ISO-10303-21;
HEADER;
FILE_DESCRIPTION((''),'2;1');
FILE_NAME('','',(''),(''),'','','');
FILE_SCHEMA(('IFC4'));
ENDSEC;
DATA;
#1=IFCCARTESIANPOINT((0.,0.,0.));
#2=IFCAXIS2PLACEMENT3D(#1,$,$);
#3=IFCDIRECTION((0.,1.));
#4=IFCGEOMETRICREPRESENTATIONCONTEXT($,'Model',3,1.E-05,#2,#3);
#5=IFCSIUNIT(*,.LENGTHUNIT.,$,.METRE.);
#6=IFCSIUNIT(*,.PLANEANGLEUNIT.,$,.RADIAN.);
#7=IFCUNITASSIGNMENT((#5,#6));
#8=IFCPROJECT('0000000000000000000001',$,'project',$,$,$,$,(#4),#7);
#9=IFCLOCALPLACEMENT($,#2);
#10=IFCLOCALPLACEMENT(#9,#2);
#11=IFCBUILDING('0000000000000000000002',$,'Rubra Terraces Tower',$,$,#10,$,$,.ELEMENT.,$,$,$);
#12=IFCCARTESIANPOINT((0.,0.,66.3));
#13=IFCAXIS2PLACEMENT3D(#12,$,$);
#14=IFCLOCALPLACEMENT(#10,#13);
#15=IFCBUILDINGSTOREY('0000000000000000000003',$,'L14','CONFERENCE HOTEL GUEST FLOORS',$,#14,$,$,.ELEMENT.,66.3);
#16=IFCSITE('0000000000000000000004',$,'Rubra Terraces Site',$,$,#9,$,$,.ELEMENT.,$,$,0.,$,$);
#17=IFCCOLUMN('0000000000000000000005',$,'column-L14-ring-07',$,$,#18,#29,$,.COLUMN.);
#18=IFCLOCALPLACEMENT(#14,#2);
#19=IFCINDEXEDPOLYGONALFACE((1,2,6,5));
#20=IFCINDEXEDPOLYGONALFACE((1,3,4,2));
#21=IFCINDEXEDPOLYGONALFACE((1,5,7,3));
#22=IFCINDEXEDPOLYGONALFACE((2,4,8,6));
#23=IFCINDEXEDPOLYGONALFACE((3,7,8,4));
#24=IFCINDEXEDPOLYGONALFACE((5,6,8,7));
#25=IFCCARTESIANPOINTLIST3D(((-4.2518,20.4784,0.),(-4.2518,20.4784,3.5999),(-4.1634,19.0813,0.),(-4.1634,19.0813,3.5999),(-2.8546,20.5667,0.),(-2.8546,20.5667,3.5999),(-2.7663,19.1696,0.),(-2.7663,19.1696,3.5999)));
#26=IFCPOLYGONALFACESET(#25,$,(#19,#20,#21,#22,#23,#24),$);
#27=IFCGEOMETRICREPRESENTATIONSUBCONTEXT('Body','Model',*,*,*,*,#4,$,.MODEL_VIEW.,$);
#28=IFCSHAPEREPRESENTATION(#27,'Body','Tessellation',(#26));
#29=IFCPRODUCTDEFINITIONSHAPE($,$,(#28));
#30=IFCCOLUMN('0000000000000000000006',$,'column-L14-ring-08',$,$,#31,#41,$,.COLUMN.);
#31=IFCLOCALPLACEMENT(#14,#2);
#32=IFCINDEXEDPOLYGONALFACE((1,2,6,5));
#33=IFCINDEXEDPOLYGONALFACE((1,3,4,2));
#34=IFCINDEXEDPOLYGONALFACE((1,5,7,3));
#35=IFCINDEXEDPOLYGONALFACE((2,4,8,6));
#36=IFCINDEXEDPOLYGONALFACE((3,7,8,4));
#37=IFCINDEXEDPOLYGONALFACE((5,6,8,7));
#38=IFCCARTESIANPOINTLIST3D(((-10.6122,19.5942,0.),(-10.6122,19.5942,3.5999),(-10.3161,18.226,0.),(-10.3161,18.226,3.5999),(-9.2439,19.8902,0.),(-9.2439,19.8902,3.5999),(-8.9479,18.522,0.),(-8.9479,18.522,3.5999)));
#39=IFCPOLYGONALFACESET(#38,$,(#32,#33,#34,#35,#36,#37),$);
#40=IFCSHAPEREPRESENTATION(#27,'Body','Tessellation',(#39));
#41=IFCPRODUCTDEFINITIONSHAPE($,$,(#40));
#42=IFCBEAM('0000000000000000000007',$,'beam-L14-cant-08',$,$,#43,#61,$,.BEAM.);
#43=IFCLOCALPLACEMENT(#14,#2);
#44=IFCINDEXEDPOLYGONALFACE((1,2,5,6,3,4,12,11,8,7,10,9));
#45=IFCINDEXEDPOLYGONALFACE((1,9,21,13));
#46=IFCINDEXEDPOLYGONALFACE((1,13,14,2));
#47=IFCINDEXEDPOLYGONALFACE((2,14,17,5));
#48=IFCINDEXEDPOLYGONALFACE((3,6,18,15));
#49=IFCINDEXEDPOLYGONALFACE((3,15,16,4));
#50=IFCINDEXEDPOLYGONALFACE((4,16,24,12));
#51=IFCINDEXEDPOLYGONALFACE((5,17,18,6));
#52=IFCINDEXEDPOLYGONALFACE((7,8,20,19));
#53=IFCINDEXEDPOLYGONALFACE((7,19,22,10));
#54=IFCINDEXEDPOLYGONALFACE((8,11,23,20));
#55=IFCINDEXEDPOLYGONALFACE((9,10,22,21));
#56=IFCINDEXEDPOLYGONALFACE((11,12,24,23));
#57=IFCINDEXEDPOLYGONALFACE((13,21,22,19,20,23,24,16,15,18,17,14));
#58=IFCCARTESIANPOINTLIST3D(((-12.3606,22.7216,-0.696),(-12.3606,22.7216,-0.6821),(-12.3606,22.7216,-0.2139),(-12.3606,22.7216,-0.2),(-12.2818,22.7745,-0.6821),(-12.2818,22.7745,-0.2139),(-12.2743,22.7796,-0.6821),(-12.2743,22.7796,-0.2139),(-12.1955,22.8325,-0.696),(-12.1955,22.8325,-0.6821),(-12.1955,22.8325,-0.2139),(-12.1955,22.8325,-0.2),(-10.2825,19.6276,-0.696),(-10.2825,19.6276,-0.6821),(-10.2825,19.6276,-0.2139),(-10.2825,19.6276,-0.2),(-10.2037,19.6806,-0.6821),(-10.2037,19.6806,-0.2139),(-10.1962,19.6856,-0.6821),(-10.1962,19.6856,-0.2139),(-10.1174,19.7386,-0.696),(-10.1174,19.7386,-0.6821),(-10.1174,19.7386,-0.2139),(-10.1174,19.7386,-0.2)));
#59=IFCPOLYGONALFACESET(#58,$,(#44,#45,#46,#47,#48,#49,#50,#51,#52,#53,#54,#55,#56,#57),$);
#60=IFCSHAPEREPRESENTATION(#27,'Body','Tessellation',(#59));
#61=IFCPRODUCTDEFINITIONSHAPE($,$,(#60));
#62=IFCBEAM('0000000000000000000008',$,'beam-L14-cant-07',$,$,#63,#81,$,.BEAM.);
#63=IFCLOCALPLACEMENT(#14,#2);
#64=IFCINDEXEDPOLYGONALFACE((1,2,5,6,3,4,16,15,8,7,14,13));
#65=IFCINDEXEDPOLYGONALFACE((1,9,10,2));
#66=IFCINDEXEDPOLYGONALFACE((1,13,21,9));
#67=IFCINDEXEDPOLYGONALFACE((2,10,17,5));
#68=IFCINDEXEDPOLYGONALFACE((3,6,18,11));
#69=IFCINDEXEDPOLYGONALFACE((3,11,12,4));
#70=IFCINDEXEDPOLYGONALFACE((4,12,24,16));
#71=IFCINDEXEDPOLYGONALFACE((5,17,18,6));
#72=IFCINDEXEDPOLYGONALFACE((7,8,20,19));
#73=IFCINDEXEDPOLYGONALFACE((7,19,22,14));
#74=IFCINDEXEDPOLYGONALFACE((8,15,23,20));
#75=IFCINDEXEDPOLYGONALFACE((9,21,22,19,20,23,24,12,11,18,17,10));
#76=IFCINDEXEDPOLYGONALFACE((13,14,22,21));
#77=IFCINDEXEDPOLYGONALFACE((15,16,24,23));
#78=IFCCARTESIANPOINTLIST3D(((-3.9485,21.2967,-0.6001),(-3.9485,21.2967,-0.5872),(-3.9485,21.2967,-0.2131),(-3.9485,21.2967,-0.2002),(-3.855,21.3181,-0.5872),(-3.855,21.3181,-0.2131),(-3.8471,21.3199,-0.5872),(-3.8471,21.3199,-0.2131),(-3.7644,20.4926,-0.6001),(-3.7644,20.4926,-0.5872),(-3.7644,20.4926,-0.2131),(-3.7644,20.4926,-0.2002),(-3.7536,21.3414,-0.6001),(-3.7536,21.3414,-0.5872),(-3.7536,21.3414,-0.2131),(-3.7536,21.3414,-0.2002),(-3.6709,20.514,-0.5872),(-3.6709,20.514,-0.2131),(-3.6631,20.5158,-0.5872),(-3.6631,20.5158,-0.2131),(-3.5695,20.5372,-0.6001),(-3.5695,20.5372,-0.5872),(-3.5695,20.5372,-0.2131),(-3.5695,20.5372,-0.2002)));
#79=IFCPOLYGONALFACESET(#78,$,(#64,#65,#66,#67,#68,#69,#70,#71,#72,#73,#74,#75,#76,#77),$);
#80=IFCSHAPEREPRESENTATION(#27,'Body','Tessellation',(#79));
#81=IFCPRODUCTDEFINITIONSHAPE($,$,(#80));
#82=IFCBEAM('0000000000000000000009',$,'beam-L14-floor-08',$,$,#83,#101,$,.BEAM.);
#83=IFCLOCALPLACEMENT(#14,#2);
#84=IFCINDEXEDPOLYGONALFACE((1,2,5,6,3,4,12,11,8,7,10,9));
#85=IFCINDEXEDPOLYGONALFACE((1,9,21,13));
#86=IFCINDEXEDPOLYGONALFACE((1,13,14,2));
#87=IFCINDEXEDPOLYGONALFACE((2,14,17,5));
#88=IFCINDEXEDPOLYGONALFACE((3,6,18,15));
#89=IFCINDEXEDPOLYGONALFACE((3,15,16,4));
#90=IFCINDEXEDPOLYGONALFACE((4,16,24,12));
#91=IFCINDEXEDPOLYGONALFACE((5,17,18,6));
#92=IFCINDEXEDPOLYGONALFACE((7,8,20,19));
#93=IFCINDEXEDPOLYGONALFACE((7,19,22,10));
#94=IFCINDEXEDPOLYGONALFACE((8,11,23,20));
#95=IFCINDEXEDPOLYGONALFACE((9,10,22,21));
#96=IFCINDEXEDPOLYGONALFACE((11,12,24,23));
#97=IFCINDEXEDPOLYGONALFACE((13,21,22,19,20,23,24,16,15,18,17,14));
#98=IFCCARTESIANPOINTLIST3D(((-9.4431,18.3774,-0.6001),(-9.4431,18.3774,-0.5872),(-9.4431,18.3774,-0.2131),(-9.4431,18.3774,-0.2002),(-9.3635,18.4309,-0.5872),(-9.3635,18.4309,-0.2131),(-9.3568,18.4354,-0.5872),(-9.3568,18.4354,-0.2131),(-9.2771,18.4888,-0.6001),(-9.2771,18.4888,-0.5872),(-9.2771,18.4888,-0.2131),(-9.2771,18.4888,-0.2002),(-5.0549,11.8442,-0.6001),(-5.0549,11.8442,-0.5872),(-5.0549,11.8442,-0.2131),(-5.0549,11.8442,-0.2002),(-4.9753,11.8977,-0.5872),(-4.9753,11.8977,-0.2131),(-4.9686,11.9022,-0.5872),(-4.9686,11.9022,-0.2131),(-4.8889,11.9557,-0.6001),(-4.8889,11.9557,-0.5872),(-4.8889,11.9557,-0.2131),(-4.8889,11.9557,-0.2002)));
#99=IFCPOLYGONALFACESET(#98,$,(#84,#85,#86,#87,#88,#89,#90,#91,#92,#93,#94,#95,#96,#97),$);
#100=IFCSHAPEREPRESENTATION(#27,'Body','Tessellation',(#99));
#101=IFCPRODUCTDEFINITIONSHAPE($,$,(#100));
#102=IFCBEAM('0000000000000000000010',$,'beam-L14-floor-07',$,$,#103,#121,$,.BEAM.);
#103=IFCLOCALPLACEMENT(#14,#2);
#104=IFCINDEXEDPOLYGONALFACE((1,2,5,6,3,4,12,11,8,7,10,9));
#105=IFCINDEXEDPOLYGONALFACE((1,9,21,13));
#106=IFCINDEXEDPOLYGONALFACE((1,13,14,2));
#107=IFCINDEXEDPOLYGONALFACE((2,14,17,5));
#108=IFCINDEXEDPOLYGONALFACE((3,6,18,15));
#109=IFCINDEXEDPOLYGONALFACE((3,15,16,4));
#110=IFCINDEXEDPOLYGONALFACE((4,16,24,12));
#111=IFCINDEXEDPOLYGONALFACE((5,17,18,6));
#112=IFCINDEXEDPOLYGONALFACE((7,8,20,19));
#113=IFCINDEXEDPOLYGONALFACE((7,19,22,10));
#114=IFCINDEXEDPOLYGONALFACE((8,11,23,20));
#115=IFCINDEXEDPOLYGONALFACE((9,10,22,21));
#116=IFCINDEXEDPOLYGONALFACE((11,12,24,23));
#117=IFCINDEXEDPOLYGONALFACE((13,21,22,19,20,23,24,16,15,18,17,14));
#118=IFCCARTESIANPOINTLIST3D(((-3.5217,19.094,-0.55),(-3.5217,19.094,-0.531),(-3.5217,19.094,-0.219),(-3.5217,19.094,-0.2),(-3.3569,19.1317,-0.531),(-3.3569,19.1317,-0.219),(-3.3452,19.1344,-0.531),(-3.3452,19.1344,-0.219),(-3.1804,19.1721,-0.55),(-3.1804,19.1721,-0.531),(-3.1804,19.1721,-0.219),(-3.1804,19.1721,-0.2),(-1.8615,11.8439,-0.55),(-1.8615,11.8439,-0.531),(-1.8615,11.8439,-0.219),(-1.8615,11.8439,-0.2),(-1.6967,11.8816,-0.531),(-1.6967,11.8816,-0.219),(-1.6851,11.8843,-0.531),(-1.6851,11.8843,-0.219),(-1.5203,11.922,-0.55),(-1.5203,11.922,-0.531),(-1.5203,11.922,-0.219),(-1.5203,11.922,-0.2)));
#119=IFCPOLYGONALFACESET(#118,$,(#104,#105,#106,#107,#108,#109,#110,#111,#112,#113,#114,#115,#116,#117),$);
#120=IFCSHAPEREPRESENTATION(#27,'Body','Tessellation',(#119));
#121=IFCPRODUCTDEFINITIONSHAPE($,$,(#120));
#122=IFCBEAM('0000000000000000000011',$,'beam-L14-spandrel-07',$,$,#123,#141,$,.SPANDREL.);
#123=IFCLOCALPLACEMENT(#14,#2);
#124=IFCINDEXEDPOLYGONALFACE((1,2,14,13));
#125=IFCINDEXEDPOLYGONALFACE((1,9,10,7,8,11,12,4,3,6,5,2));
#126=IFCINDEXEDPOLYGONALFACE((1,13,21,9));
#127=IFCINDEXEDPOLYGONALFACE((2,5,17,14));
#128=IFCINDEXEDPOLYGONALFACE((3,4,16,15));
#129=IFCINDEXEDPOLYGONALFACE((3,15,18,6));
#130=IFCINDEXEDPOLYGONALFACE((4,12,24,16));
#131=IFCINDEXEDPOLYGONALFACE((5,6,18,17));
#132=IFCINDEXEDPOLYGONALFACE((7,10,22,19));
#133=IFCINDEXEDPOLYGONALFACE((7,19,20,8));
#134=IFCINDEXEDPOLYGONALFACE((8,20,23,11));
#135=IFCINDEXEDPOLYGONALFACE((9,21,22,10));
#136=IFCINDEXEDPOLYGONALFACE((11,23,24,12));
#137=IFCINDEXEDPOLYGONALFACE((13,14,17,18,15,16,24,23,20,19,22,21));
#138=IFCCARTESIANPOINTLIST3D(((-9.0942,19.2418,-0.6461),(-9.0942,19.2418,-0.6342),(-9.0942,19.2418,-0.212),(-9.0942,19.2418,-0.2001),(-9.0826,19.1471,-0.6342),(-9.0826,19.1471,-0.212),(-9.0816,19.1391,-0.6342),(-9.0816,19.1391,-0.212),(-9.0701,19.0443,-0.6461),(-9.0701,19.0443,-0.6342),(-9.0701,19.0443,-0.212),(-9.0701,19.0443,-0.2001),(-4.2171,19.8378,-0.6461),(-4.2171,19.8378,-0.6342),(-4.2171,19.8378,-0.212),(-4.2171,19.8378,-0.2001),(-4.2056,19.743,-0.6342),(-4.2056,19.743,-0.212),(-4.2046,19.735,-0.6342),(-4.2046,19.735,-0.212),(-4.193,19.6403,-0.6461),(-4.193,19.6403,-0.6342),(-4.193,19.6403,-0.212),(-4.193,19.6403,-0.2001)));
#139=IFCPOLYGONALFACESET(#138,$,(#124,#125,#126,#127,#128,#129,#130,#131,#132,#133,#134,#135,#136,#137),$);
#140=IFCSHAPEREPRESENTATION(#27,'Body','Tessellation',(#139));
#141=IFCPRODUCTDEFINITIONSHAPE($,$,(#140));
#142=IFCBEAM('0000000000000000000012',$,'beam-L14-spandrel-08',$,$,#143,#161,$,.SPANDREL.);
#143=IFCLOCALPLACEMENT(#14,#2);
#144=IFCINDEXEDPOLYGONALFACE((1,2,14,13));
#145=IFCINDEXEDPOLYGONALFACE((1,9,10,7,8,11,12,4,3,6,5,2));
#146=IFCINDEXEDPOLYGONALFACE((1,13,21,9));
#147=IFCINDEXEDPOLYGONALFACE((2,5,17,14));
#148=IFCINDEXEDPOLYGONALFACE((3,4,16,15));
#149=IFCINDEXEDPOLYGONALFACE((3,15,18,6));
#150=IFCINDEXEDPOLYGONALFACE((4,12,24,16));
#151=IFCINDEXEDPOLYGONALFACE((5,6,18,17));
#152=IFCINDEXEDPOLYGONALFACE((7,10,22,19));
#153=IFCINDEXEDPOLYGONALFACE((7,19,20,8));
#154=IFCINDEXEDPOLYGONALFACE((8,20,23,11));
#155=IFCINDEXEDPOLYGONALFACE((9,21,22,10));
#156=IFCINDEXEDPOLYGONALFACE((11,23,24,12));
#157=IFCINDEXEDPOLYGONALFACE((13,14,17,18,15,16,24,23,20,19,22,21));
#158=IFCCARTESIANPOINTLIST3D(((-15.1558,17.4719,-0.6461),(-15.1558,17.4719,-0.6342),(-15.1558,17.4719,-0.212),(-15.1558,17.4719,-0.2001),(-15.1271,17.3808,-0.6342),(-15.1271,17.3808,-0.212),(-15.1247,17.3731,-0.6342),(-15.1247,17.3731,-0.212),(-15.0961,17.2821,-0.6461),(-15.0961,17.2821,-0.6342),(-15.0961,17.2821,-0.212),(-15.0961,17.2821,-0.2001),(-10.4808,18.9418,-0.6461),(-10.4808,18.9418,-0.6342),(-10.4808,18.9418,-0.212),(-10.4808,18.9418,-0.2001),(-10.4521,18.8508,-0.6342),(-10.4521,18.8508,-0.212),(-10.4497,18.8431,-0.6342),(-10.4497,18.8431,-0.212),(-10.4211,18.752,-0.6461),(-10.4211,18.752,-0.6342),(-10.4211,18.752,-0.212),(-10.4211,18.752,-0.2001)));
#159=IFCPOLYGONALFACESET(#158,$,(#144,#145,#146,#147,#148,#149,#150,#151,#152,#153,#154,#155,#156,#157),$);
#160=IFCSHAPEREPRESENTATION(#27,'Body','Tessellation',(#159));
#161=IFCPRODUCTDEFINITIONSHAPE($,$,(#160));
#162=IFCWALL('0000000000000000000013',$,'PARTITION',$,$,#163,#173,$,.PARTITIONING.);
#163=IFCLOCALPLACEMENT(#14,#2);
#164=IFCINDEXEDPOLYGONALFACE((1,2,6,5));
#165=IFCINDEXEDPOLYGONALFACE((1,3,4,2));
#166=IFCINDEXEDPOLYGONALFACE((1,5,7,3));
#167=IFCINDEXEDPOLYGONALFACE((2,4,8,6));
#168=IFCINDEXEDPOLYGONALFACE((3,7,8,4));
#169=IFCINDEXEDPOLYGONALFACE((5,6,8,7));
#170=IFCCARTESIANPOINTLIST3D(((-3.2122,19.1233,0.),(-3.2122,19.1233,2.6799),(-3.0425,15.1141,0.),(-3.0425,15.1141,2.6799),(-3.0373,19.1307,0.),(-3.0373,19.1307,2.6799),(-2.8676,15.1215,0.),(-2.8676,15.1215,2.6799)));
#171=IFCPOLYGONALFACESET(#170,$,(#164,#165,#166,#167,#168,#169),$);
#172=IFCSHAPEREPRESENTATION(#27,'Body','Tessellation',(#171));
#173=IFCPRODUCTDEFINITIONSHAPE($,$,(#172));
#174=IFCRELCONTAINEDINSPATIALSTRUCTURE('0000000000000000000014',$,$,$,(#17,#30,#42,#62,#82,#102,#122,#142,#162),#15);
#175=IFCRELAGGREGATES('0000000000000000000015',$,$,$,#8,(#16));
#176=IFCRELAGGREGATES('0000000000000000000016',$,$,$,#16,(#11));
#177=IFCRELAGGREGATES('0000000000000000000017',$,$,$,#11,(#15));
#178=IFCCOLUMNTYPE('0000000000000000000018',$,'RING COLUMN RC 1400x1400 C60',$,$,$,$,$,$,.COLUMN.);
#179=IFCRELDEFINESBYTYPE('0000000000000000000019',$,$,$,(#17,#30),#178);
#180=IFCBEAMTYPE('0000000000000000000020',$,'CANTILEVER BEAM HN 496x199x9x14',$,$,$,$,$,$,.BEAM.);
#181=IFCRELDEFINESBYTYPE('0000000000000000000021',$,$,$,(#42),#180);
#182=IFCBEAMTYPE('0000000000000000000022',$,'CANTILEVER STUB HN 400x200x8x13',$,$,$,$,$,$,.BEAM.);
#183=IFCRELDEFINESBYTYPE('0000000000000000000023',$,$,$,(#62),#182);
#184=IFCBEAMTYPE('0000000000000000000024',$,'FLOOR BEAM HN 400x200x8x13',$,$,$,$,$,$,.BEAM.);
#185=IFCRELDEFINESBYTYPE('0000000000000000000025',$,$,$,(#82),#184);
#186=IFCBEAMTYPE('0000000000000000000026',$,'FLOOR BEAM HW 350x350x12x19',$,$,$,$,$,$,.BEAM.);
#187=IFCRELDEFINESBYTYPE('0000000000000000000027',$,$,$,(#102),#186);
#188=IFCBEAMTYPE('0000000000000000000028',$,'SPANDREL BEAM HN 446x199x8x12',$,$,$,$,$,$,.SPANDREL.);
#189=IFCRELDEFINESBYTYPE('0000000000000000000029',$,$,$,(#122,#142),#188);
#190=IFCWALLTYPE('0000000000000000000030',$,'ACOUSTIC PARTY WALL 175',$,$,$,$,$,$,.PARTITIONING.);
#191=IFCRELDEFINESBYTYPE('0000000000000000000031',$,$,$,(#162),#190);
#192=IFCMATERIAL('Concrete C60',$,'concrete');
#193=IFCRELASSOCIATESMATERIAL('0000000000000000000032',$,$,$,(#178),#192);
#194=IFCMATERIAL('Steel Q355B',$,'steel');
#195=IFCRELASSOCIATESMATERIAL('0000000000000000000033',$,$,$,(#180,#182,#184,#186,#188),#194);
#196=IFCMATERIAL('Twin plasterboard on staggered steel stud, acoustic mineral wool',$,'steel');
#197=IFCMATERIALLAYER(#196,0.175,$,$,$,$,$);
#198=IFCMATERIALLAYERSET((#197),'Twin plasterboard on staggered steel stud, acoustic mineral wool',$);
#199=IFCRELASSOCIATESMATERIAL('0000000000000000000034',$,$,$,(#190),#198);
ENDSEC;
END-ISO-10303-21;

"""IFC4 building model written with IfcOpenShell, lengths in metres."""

from ifc_helpers import new_model, si_unit, direction, frame, frame_2d, origin, origin_2d, place, context, subcontext, project, spatial, rectangle, i_section, extrude, material, layer, layer_set, material_profile, profile_set, type_object, element, save


model = new_model("IFC4")

# Units and contexts
model_context = context("Model", 3, precision=1e-05, world=origin(), true_north=direction((0.0, 1.0)))
body_context = subcontext(model_context, "Body", "Model", "MODEL_VIEW")
ifc_project = project(units=[si_unit("LENGTHUNIT", "METRE"), si_unit("PLANEANGLEUNIT", "RADIAN")], contexts=[model_context])

# Site, building, storey
site_placement = place(None, origin())
site = spatial("IfcSite", under=ifc_project, at=site_placement, Name="Rubra Terraces Site", CompositionType="ELEMENT", RefElevation=0.0)
building_placement = place(site_placement, origin())
building = spatial("IfcBuilding", under=site, at=building_placement, Name="Rubra Terraces Tower", CompositionType="ELEMENT")
storey_placement = place(building_placement, frame((0.0, 0.0, 66.3)))
storey = spatial("IfcBuildingStorey", under=building, at=storey_placement, Name="L14", Description="CONFERENCE HOTEL GUEST FLOORS", CompositionType="ELEMENT", Elevation=66.3)

# Columns
ifc_material_1 = material(Name="Concrete C60", Category="concrete")
ifc_material_profile_1 = material_profile(ifc_material_1, rectangle(XDim=1.3999, YDim=1.3999, at=origin_2d()), Name="RC 1400x1400")
ifc_profile_set_1 = profile_set([ifc_material_profile_1], Name="Concrete C60")
column_type = type_object("IfcColumnType", Name="RING COLUMN RC 1400x1400 C60", PredefinedType="COLUMN", material=ifc_profile_set_1)
for number, where, z_axis, x_axis, name in (
    (1, (-3.509, 19.824, 0.0), (0.0, 0.0, 1.0), (-0.998008, -0.063094, 0.0), "column-L14-ring-07"),
    (2, (-9.78, 19.0581, 0.0), (0.0, 0.0, 1.0), (-0.977386, -0.211462, 0.0), "column-L14-ring-08"),
):
    element("IfcColumn", number, at=place(storey_placement, frame(where, z_axis=z_axis, x_axis=x_axis)), inside=storey, type_object=column_type, Name=name, PredefinedType="COLUMN", context=body_context, shape_type="SweptSolid", body=[
        extrude(rectangle(XDim=1.3999, YDim=1.3999, at=origin_2d()), origin(), (0.0, 0.0, 1.0), 3.5999),
    ])

# Beams
ifc_material_2 = material(Name="Steel Q355B", Category="steel")
ifc_material_profile_2 = material_profile(ifc_material_2, i_section(OverallWidth=0.199, OverallDepth=0.4961, WebThickness=0.009, FlangeThickness=0.0139, at=origin_2d()), Name="HN 496x199x9x14")
ifc_profile_set_2 = profile_set([ifc_material_profile_2], Name="Steel Q355B")
beam_type_1 = type_object("IfcBeamType", Name="CANTILEVER BEAM HN 496x199x9x14", PredefinedType="BEAM", material=ifc_profile_set_2)
beam_1_placement = place(storey_placement, frame((-10.2, 19.6831, -0.448), z_axis=(-0.557569, 0.830131, 0.0), x_axis=(-0.830131, -0.557569, 0.0)))
element("IfcBeam", 3, at=beam_1_placement, inside=storey, type_object=beam_type_1, Name="beam-L14-cant-08", PredefinedType="BEAM", context=body_context, shape_type="SweptSolid", body=[
    extrude(i_section(OverallWidth=0.199, OverallDepth=0.4961, WebThickness=0.009, FlangeThickness=0.0139, at=origin_2d()), origin(), (0.0, 0.0, 1.0), 3.7271),
])
ifc_material_profile_3 = material_profile(ifc_material_2, i_section(OverallWidth=0.2, OverallDepth=0.3999, WebThickness=0.0081, FlangeThickness=0.0129, at=origin_2d()), Name="HN 400x200x8x13")
ifc_profile_set_3 = profile_set([ifc_material_profile_3], Name="Steel Q355B")
beam_type_2 = type_object("IfcBeamType", Name="CANTILEVER STUB HN 400x200x8x13", PredefinedType="BEAM", material=ifc_profile_set_3)
beam_2_placement = place(storey_placement, frame((-3.667, 20.5149, -0.4001), z_axis=(-0.22313, 0.974789, 0.0), x_axis=(-0.974789, -0.22313, 0.0)))
element("IfcBeam", 4, at=beam_2_placement, inside=storey, type_object=beam_type_2, Name="beam-L14-cant-07", PredefinedType="BEAM", context=body_context, shape_type="SweptSolid", body=[
    extrude(i_section(OverallWidth=0.2, OverallDepth=0.3999, WebThickness=0.0081, FlangeThickness=0.0129, at=origin_2d()), origin(), (0.0, 0.0, 1.0), 0.825),
])
ifc_material_profile_4 = material_profile(ifc_material_2, i_section(OverallWidth=0.2, OverallDepth=0.3999, WebThickness=0.0081, FlangeThickness=0.0129, at=origin_2d()), Name="HN 400x200x8x13")
ifc_profile_set_4 = profile_set([ifc_material_profile_4], Name="Steel Q355B")
beam_type_3 = type_object("IfcBeamType", Name="FLOOR BEAM HN 400x200x8x13", PredefinedType="BEAM", material=ifc_profile_set_4)
beam_3_placement = place(storey_placement, frame((-9.3601, 18.4331, -0.4001), z_axis=(0.557575, -0.830127, 0.0), x_axis=(0.830127, 0.557575, 0.0)))
element("IfcBeam", 5, at=beam_3_placement, inside=storey, type_object=beam_type_3, Name="beam-L14-floor-08", PredefinedType="BEAM", context=body_context, shape_type="SweptSolid", body=[
    extrude(i_section(OverallWidth=0.2, OverallDepth=0.3999, WebThickness=0.0081, FlangeThickness=0.0129, at=origin_2d()), origin(), (0.0, 0.0, 1.0), 7.8701),
])
ifc_material_profile_5 = material_profile(ifc_material_2, i_section(OverallWidth=0.3501, OverallDepth=0.3501, WebThickness=0.012, FlangeThickness=0.019, at=origin_2d()), Name="HW 350x350x12x19")
ifc_profile_set_5 = profile_set([ifc_material_profile_5], Name="Steel Q355B")
beam_type_4 = type_object("IfcBeamType", Name="FLOOR BEAM HW 350x350x12x19", PredefinedType="BEAM", material=ifc_profile_set_5)
beam_4_placement = place(storey_placement, frame((-3.3511, 19.1331, -0.375), z_axis=(0.22321, -0.97477, 0.0), x_axis=(0.97477, 0.22321, 0.0)))
element("IfcBeam", 6, at=beam_4_placement, inside=storey, type_object=beam_type_4, Name="beam-L14-floor-07", PredefinedType="BEAM", context=body_context, shape_type="SweptSolid", body=[
    extrude(i_section(OverallWidth=0.3501, OverallDepth=0.3501, WebThickness=0.012, FlangeThickness=0.019, at=origin_2d()), origin(), (0.0, 0.0, 1.0), 7.4377),
])
ifc_material_profile_6 = material_profile(ifc_material_2, i_section(OverallWidth=0.199, OverallDepth=0.446, WebThickness=0.0081, FlangeThickness=0.012, at=origin_2d()), Name="HN 446x199x8x12")
ifc_profile_set_6 = profile_set([ifc_material_profile_6], Name="Steel Q355B")
beam_type_5 = type_object("IfcBeamType", Name="SPANDREL BEAM HN 446x199x8x12", PredefinedType="SPANDREL", material=ifc_profile_set_6)
beam_5_placement = place(storey_placement, frame((-4.2051, 19.739, -0.4231), z_axis=(-0.992617, -0.121294, 0.0), x_axis=(0.121294, -0.992617, 0.0)))
element("IfcBeam", 7, at=beam_5_placement, inside=storey, type_object=beam_type_5, Name="beam-L14-spandrel-07", PredefinedType="SPANDREL", context=body_context, shape_type="SweptSolid", body=[
    extrude(i_section(OverallWidth=0.199, OverallDepth=0.446, WebThickness=0.0081, FlangeThickness=0.012, at=origin_2d()), origin(), (0.0, 0.0, 1.0), 4.9133),
])
beam_6_placement = place(storey_placement, frame((-10.4509, 18.8469, -0.4231), z_axis=(-0.953955, -0.299951, 0.0), x_axis=(0.299951, -0.953955, 0.0)))
element("IfcBeam", 8, at=beam_6_placement, inside=storey, type_object=beam_type_5, Name="beam-L14-spandrel-08", PredefinedType="SPANDREL", context=body_context, shape_type="SweptSolid", body=[
    extrude(i_section(OverallWidth=0.199, OverallDepth=0.446, WebThickness=0.0081, FlangeThickness=0.012, at=origin_2d()), origin(), (0.0, 0.0, 1.0), 4.9006),
])

# Wall
ifc_material_3 = material(Name="Twin plasterboard on staggered steel stud, acoustic mineral wool", Category="steel")
ifc_layer_1 = layer(ifc_material_3, 0.175)
ifc_layer_set_1 = layer_set([ifc_layer_1], Name="Twin plasterboard on staggered steel stud, acoustic mineral wool")
wall_type_1 = type_object("IfcWallType", Name="ACOUSTIC PARTY WALL 175", PredefinedType="PARTITIONING", material=ifc_layer_set_1)
wall_1_placement = place(storey_placement, frame((-3.1248, 19.127, 0.0), z_axis=(0.0, 0.0, 1.0), x_axis=(0.042286, -0.999106, 0.0)))
element("IfcWall", 9, at=wall_1_placement, inside=storey, type_object=wall_type_1, Name="PARTITION", PredefinedType="PARTITIONING", context=body_context, shape_type="SweptSolid", body=[
    extrude(rectangle(XDim=4.0127, YDim=0.175, at=frame_2d((2.0063, 0.0))), origin(), (0.0, 0.0, 1.0), 2.6799),
])

save(model, "model.ifc")
